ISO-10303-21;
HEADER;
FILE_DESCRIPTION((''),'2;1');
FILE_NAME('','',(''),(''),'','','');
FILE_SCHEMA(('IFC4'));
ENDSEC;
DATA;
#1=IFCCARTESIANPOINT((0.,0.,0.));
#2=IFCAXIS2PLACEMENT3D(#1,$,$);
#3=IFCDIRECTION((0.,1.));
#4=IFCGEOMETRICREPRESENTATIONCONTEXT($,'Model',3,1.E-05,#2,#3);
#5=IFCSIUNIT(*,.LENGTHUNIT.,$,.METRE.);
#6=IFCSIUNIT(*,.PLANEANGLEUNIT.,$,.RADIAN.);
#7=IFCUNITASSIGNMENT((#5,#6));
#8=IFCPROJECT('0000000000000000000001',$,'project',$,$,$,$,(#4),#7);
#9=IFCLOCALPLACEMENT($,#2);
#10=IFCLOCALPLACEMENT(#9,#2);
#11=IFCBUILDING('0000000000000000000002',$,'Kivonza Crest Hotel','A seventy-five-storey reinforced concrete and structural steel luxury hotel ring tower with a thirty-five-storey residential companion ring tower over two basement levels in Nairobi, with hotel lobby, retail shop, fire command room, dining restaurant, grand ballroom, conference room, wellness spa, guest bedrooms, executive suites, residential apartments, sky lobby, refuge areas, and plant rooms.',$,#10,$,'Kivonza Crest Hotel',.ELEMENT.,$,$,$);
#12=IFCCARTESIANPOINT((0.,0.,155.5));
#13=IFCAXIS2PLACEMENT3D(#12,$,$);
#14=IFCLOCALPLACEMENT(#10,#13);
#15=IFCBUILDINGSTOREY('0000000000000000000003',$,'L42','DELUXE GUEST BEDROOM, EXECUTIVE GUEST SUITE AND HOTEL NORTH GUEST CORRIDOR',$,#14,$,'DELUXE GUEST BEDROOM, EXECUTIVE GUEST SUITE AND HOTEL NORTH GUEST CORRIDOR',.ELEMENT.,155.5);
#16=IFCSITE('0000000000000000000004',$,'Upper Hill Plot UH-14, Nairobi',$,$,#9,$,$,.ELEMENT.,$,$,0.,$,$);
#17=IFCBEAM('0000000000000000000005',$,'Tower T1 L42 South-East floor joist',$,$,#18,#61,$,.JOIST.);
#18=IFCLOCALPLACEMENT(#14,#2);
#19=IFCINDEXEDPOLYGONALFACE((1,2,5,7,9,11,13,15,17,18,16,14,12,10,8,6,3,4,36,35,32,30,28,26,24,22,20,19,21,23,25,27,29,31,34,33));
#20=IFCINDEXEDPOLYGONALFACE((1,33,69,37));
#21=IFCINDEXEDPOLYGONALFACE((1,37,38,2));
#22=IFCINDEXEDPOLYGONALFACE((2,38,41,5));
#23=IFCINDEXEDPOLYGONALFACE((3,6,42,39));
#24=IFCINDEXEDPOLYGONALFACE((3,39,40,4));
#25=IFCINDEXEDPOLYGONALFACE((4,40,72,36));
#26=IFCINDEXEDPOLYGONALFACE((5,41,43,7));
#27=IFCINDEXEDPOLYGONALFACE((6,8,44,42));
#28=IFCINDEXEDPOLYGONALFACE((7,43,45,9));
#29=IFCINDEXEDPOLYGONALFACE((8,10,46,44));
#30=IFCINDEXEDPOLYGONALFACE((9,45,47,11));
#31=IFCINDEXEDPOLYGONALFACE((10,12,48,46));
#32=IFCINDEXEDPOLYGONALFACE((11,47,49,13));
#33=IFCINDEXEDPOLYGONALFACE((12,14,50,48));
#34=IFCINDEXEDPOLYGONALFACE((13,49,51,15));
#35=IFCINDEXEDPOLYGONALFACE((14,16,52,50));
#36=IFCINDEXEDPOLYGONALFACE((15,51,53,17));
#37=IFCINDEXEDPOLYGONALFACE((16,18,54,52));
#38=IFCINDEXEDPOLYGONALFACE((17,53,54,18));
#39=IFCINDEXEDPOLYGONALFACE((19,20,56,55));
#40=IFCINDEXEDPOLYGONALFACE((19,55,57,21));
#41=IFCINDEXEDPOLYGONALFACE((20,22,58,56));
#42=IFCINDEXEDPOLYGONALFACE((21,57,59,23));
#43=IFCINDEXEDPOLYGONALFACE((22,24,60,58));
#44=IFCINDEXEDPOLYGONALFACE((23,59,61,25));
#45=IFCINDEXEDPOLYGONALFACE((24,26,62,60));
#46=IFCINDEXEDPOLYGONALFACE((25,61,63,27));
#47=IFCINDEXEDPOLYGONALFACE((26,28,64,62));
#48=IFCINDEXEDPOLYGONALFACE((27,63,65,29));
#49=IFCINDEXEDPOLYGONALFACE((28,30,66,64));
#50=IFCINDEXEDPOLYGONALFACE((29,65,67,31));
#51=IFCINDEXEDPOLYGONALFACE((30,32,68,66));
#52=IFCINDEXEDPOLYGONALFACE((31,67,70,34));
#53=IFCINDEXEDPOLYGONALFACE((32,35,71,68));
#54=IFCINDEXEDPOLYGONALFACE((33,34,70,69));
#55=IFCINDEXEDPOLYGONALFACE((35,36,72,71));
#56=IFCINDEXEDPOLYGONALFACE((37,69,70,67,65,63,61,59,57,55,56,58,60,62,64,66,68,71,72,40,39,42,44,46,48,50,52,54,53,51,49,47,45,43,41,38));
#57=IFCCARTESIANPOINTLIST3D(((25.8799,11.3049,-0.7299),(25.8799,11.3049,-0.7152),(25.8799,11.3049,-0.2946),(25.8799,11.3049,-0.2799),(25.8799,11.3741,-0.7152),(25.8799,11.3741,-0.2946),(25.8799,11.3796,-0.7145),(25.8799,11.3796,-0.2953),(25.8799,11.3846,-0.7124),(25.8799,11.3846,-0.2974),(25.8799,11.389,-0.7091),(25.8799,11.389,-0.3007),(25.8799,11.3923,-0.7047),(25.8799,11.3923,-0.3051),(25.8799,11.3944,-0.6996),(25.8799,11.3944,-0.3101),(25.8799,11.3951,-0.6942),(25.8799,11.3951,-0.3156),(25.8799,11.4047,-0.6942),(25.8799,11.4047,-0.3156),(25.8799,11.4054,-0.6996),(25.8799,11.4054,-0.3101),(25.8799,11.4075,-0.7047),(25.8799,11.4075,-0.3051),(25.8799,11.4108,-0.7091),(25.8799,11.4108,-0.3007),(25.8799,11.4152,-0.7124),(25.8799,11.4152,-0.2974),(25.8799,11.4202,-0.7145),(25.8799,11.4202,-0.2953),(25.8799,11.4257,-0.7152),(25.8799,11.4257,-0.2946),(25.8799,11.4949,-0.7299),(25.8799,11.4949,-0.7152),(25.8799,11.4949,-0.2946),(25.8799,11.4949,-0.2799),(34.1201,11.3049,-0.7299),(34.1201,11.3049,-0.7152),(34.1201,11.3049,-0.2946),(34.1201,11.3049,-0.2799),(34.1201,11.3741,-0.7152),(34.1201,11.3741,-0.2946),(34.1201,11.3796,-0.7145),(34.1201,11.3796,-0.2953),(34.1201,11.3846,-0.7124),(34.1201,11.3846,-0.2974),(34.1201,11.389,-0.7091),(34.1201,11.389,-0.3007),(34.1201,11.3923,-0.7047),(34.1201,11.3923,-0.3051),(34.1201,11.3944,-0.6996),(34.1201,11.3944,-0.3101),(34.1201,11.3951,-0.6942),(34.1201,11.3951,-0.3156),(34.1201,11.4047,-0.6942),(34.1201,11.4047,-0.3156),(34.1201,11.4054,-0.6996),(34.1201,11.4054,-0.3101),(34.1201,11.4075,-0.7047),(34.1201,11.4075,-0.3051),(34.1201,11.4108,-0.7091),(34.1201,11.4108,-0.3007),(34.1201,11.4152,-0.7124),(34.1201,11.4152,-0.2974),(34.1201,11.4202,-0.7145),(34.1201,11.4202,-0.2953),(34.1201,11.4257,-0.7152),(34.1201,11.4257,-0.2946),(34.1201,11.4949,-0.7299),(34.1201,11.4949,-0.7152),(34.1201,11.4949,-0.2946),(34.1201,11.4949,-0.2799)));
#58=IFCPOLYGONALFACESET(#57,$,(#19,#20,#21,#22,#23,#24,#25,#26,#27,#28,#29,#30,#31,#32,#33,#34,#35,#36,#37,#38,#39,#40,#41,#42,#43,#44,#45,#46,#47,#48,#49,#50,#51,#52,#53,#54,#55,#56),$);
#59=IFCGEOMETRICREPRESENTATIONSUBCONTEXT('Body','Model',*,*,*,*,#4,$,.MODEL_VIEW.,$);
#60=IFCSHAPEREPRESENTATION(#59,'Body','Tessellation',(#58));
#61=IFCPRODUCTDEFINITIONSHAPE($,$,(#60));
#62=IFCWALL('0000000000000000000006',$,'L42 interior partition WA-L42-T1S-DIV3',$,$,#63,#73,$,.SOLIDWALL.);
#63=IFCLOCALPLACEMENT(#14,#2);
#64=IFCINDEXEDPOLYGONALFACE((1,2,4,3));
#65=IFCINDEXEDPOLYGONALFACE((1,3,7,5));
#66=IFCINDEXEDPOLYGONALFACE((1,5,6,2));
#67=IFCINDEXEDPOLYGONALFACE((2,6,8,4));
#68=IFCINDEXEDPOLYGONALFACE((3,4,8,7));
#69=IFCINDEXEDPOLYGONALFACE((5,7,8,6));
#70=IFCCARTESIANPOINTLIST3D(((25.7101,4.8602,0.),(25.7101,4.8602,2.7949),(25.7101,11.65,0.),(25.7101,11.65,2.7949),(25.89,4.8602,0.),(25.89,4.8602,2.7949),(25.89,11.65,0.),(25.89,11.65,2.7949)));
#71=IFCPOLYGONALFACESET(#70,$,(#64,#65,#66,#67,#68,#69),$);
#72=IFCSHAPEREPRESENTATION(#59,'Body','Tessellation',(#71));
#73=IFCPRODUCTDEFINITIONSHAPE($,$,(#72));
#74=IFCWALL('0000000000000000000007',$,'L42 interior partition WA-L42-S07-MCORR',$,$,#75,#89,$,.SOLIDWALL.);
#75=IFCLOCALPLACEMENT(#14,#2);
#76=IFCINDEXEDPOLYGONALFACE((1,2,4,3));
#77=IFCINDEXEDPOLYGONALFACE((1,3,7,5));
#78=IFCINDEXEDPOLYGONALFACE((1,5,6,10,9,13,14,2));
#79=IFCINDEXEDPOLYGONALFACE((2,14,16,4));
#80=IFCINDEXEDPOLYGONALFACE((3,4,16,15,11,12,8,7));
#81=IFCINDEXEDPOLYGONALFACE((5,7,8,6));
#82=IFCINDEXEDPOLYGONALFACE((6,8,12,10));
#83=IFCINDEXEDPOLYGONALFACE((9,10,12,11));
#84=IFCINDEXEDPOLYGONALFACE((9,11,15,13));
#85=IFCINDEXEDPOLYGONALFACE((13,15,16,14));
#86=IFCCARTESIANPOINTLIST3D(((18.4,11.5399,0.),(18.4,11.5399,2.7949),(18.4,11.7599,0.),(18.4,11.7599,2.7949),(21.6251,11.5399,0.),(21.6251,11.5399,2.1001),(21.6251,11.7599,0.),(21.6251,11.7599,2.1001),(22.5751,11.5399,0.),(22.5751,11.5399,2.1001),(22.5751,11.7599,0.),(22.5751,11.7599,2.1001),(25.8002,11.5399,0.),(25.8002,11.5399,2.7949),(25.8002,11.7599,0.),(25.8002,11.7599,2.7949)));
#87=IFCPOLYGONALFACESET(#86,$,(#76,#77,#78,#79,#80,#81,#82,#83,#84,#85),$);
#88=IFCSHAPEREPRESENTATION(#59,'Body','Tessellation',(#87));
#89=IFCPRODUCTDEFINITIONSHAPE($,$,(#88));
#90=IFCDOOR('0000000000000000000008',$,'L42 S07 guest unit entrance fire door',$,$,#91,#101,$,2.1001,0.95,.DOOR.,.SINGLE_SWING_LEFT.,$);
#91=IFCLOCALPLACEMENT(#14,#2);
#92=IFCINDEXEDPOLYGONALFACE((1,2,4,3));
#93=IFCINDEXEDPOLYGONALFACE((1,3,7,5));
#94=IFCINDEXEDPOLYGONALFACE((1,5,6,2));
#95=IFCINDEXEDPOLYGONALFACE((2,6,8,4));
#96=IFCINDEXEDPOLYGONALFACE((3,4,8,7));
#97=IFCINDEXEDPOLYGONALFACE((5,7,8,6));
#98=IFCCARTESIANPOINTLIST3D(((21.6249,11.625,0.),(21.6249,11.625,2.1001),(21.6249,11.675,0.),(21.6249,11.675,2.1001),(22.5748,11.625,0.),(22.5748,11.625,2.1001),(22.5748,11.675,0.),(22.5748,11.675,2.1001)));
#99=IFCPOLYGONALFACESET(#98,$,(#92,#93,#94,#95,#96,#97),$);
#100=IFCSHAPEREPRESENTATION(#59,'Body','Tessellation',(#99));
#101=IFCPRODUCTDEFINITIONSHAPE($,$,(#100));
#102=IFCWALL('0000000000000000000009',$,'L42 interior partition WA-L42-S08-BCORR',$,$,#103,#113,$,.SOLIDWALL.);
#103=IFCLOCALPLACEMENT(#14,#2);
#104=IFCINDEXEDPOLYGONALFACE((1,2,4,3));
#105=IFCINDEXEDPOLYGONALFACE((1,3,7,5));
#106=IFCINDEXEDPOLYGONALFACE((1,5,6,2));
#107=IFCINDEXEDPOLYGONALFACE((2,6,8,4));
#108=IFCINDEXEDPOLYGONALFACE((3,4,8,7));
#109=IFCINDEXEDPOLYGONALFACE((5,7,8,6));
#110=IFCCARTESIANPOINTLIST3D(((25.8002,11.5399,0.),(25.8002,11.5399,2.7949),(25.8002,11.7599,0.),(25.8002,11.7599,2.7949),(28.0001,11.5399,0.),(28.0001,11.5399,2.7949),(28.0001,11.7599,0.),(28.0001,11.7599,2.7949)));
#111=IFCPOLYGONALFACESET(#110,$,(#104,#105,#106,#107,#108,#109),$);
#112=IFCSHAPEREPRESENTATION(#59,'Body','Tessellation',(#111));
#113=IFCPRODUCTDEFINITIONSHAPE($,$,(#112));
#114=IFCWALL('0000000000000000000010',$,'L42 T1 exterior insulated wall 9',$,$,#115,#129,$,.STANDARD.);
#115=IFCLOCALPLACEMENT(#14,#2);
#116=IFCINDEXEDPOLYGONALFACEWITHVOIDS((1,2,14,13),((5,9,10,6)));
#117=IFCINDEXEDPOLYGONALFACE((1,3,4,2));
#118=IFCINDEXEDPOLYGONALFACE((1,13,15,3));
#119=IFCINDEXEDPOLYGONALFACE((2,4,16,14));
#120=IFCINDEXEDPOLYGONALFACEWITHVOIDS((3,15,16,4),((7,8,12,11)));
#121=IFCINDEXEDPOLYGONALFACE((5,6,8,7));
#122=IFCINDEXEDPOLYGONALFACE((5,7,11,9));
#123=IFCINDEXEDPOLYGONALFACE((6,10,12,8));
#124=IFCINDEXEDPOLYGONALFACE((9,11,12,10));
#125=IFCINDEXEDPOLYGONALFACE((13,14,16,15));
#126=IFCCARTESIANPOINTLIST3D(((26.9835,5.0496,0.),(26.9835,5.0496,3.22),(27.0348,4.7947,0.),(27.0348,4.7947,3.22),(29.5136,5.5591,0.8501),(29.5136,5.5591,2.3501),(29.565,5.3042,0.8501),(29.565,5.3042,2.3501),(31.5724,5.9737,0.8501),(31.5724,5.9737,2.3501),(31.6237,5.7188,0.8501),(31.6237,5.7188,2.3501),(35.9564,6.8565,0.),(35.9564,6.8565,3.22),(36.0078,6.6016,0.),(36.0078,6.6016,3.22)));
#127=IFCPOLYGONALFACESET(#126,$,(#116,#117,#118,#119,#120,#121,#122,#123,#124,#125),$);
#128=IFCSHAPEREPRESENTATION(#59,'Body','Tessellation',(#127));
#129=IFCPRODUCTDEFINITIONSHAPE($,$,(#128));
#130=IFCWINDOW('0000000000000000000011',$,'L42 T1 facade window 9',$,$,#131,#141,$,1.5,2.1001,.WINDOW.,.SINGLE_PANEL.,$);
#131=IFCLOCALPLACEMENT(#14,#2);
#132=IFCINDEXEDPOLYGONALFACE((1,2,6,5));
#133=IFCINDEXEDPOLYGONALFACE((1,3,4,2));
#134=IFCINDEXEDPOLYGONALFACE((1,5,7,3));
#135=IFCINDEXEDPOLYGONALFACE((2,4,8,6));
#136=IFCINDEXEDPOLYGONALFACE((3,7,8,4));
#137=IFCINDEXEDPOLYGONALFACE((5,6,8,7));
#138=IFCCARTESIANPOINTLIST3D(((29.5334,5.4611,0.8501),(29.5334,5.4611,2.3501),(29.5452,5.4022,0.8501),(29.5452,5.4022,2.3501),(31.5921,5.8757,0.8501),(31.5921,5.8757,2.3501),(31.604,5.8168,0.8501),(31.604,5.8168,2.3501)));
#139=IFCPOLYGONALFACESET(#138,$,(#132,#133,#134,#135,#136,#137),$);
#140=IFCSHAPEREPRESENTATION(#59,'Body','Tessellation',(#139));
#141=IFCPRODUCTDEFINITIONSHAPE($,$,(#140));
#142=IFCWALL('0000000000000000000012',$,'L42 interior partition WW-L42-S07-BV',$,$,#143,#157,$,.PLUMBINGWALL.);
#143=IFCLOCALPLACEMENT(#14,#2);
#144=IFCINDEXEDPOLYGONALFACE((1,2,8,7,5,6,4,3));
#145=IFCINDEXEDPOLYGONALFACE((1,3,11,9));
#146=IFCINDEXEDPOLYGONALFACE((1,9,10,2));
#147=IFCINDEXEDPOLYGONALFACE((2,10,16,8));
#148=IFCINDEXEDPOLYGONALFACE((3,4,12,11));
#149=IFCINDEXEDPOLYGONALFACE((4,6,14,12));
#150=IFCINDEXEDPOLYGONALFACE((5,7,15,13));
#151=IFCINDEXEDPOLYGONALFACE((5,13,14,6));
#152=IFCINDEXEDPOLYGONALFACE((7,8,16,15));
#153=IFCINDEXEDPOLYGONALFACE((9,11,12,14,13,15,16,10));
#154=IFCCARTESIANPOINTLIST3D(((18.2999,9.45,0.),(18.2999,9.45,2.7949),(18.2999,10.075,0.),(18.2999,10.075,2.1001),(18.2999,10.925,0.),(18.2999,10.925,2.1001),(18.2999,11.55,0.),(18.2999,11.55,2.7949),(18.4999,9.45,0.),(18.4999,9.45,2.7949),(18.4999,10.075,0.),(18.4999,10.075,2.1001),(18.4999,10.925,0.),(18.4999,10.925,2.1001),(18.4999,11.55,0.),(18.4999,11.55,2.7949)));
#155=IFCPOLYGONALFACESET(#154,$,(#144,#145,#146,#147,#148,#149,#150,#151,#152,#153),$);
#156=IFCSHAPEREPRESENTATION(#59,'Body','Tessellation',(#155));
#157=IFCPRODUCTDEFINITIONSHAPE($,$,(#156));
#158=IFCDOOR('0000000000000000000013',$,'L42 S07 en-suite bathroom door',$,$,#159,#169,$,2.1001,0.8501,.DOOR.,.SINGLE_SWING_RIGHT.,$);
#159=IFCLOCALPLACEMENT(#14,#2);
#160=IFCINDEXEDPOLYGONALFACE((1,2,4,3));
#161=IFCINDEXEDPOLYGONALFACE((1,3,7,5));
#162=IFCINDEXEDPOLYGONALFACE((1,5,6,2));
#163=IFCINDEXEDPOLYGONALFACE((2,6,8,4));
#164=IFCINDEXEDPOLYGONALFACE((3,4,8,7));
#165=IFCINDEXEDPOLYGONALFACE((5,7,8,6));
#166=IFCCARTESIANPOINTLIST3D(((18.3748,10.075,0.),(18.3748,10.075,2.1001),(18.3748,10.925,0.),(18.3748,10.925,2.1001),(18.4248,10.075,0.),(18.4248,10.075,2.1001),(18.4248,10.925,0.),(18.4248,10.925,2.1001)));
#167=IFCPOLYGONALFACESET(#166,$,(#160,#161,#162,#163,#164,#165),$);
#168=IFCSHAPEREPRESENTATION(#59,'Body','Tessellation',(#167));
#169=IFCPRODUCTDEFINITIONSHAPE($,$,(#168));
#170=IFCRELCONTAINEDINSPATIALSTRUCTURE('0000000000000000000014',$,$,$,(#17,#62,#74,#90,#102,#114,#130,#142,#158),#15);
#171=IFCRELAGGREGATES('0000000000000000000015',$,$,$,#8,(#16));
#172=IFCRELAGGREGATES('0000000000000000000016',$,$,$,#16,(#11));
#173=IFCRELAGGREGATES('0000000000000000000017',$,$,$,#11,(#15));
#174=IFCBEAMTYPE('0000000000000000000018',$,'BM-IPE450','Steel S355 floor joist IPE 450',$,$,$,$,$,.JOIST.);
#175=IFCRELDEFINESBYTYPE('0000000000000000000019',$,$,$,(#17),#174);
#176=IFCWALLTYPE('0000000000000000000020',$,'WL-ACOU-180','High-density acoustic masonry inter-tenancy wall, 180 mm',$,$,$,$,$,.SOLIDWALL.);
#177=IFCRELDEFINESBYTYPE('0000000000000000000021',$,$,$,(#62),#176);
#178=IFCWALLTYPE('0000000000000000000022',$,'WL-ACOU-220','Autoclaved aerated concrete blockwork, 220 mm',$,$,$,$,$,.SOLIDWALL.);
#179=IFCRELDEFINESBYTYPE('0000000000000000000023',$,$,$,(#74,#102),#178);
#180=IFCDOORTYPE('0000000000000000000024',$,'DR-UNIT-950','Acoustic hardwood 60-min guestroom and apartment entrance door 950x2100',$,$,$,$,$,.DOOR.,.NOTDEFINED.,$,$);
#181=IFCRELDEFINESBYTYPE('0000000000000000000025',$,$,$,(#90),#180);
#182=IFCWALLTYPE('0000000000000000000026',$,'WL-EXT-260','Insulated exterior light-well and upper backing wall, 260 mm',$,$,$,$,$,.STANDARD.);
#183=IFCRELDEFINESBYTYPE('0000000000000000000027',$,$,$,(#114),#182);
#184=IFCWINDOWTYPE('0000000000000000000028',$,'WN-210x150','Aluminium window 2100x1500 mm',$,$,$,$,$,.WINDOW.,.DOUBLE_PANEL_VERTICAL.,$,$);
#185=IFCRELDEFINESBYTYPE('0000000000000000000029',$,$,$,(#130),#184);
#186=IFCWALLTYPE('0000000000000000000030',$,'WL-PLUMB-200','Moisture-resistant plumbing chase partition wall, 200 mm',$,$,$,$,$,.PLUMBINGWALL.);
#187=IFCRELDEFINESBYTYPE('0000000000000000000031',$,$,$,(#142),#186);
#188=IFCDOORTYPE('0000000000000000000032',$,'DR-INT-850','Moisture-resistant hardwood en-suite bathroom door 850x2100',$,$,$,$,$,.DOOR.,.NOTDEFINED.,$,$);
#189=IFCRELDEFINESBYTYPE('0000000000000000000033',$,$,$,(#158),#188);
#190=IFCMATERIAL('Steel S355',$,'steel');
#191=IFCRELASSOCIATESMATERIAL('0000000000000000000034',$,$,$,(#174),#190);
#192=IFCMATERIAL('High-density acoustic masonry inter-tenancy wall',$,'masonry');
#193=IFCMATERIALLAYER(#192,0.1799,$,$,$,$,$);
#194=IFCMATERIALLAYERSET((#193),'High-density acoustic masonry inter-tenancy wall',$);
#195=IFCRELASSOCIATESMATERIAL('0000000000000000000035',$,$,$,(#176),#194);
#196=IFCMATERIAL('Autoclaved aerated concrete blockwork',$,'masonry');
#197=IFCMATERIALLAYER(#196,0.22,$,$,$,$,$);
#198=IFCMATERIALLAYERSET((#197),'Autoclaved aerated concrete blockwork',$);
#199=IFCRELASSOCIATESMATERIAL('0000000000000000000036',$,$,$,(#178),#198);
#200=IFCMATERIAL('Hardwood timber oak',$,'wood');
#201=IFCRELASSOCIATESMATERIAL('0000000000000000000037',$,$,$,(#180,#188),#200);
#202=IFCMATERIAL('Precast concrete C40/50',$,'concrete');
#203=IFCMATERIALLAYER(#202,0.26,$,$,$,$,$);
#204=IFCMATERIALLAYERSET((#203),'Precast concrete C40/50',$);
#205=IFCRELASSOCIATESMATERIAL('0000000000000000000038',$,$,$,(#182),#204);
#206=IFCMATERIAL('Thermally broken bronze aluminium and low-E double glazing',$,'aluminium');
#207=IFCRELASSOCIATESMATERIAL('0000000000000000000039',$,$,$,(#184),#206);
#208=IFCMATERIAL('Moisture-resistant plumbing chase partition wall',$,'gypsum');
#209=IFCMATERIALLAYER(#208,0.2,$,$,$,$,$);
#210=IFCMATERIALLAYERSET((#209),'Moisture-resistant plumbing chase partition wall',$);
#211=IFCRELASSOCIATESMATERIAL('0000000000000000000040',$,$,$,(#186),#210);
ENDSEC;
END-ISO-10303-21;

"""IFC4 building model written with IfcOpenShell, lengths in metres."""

from ifc_helpers import new_model, si_unit, direction, frame, frame_2d, origin, origin_2d, place, context, subcontext, project, spatial, rectangle, i_section, extrude, material, layer, layer_set, material_profile, profile_set, type_object, element, fill, save


model = new_model("IFC4")

# Units and contexts
model_context = context("Model", 3, precision=1e-05, world=origin(), true_north=direction((0.0, 1.0)))
body_context = subcontext(model_context, "Body", "Model", "MODEL_VIEW")
ifc_project = project(units=[si_unit("LENGTHUNIT", "METRE"), si_unit("PLANEANGLEUNIT", "RADIAN")], contexts=[model_context])

# Site, building, storey
site_placement = place(None, origin())
site = spatial("IfcSite", under=ifc_project, at=site_placement, Name="Upper Hill Plot UH-14, Nairobi", CompositionType="ELEMENT", RefElevation=0.0)
building_placement = place(site_placement, origin())
building = spatial("IfcBuilding", under=site, at=building_placement, Name="Kivonza Crest Hotel", Description="A seventy-five-storey reinforced concrete and structural steel luxury hotel ring tower with a thirty-five-storey residential companion ring tower over two basement levels in Nairobi, with hotel lobby, retail shop, fire command room, dining restaurant, grand ballroom, conference room, wellness spa, guest bedrooms, executive suites, residential apartments, sky lobby, refuge areas, and plant rooms.", LongName="Kivonza Crest Hotel", CompositionType="ELEMENT")
storey_placement = place(building_placement, frame((0.0, 0.0, 155.5)))
storey = spatial("IfcBuildingStorey", under=building, at=storey_placement, Name="L42", Description="DELUXE GUEST BEDROOM, EXECUTIVE GUEST SUITE AND HOTEL NORTH GUEST CORRIDOR", LongName="DELUXE GUEST BEDROOM, EXECUTIVE GUEST SUITE AND HOTEL NORTH GUEST CORRIDOR", CompositionType="ELEMENT", Elevation=155.5)

# Beam
ifc_material_1 = material(Name="Steel S355", Category="steel")
ifc_material_profile_1 = material_profile(ifc_material_1, i_section(OverallWidth=0.1899, OverallDepth=0.45, WebThickness=0.0095, FlangeThickness=0.0146, FilletRadius=0.021, at=origin_2d()), Name="IPE 450")
ifc_profile_set_1 = profile_set([ifc_material_profile_1], Name="Steel S355")
beam_type_1 = type_object("IfcBeamType", Name="BM-IPE450", Description="Steel S355 floor joist IPE 450", PredefinedType="JOIST", material=ifc_profile_set_1)
beam_1_placement = place(storey_placement, frame((25.8799, 11.3999, -0.5049), z_axis=(1.0, 0.0, 0.0), x_axis=(0.0, 1.0, 0.0)))
element("IfcBeam", 1, at=beam_1_placement, inside=storey, type_object=beam_type_1, Name="Tower T1 L42 South-East floor joist", PredefinedType="JOIST", context=body_context, shape_type="SweptSolid", body=[
    extrude(i_section(OverallWidth=0.1899, OverallDepth=0.45, WebThickness=0.0095, FlangeThickness=0.0146, FilletRadius=0.021, at=origin_2d()), origin(), (0.0, 0.0, 1.0), 8.2402),
])

# Wall
ifc_material_2 = material(Name="High-density acoustic masonry inter-tenancy wall", Category="masonry")
ifc_layer_1 = layer(ifc_material_2, 0.1799)
ifc_layer_set_1 = layer_set([ifc_layer_1], Name="High-density acoustic masonry inter-tenancy wall")
wall_type_1 = type_object("IfcWallType", Name="WL-ACOU-180", Description="High-density acoustic masonry inter-tenancy wall, 180 mm", PredefinedType="SOLIDWALL", material=ifc_layer_set_1)
wall_1_placement = place(storey_placement, frame((25.8, 4.8601, 0.0), z_axis=(0.0, 0.0, 1.0), x_axis=(0.0, 1.0, 0.0)))
element("IfcWall", 2, at=wall_1_placement, inside=storey, type_object=wall_type_1, Name="L42 interior partition WA-L42-T1S-DIV3", PredefinedType="SOLIDWALL", context=body_context, shape_type="SweptSolid", body=[
    extrude(rectangle(XDim=6.7898, YDim=0.1799, at=frame_2d((3.395, 0.0))), origin(), (0.0, 0.0, 1.0), 2.7949),
])

# Wall, opening, door
ifc_material_3 = material(Name="Autoclaved aerated concrete blockwork", Category="masonry")
ifc_layer_2 = layer(ifc_material_3, 0.22)
ifc_layer_set_2 = layer_set([ifc_layer_2], Name="Autoclaved aerated concrete blockwork")
wall_type_2 = type_object("IfcWallType", Name="WL-ACOU-220", Description="Autoclaved aerated concrete blockwork, 220 mm", PredefinedType="SOLIDWALL", material=ifc_layer_set_2)
wall_2_placement = place(storey_placement, frame((18.3999, 11.6499, 0.0), z_axis=(0.0, 0.0, 1.0), x_axis=(1.0, 0.0, 0.0)))
wall_2 = element("IfcWall", 3, at=wall_2_placement, inside=storey, type_object=wall_type_2, Name="L42 interior partition WA-L42-S07-MCORR", PredefinedType="SOLIDWALL", context=body_context, shape_type="SweptSolid", body=[
    extrude(rectangle(XDim=7.4001, YDim=0.22, at=frame_2d((3.7002, 0.0))), origin(), (0.0, 0.0, 1.0), 2.7949),
])
opening_1_placement = place(wall_2_placement, frame((3.2251, 0.0, 0.0)))
opening_1 = element("IfcOpeningElement", 4, at=opening_1_placement, cuts=wall_2, PredefinedType="OPENING", context=body_context, shape_type="SweptSolid", body=[
    extrude(rectangle(XDim=0.95, YDim=2.1001, at=frame_2d((0.4751, 1.05))), frame((0.0, 0.1201, 0.0), z_axis=(0.0, -1.0, 0.0), x_axis=(1.0, 0.0, 0.0)), (0.0, 0.0, 1.0), 0.24),
])
ifc_material_4 = material(Name="Hardwood timber oak", Category="wood")
door_type_1 = type_object("IfcDoorType", Name="DR-UNIT-950", Description="Acoustic hardwood 60-min guestroom and apartment entrance door 950x2100", OperationType="NOTDEFINED", PredefinedType="DOOR", material=ifc_material_4)
door_1_placement = place(opening_1_placement, frame((0.95, 0.0, 0.0), z_axis=(0.0, 0.0, 1.0), x_axis=(-1.0, 0.0, 0.0)))
door_1 = element("IfcDoor", 5, at=door_1_placement, inside=storey, type_object=door_type_1, Name="L42 S07 guest unit entrance fire door", OperationType="SINGLE_SWING_LEFT", OverallHeight=2.1001, OverallWidth=0.95, PredefinedType="DOOR", context=body_context, shape_type="SweptSolid", body=[
    extrude(rectangle(XDim=0.95, YDim=2.1001, at=frame_2d((0.4751, 1.05))), frame((0.0, 0.0249, 0.0), z_axis=(0.0, -1.0, 0.0), x_axis=(1.0, 0.0, 0.0)), (0.0, 0.0, 1.0), 0.05),
])
fill(opening_1, door_1)

# Wall
wall_3_placement = place(storey_placement, frame((25.8, 11.6499, 0.0), z_axis=(0.0, 0.0, 1.0), x_axis=(1.0, 0.0, 0.0)))
element("IfcWall", 6, at=wall_3_placement, inside=storey, type_object=wall_type_2, Name="L42 interior partition WA-L42-S08-BCORR", PredefinedType="SOLIDWALL", context=body_context, shape_type="SweptSolid", body=[
    extrude(rectangle(XDim=2.2, YDim=0.22, at=frame_2d((1.1001, 0.0))), origin(), (0.0, 0.0, 1.0), 2.7949),
])

# Wall, opening, window
ifc_material_5 = material(Name="Precast concrete C40/50", Category="concrete")
ifc_layer_3 = layer(ifc_material_5, 0.26)
ifc_layer_set_3 = layer_set([ifc_layer_3], Name="Precast concrete C40/50")
wall_type_3 = type_object("IfcWallType", Name="WL-EXT-260", Description="Insulated exterior light-well and upper backing wall, 260 mm", PredefinedType="STANDARD", material=ifc_layer_set_3)
wall_4_placement = place(storey_placement, frame((27.009, 4.9221, 0.0), z_axis=(0.0, 0.0, 1.0), x_axis=(0.980321, 0.197409, 0.0)))
wall_4 = element("IfcWall", 7, at=wall_4_placement, inside=storey, type_object=wall_type_3, Name="L42 T1 exterior insulated wall 9", PredefinedType="STANDARD", context=body_context, shape_type="SweptSolid", body=[
    extrude(rectangle(XDim=9.1531, YDim=0.26, at=frame_2d((4.5767, 0.0))), origin(), (0.0, 0.0, 1.0), 3.22),
])
opening_2_placement = place(wall_4_placement, frame((2.5811, 0.0, 0.8501)))
opening_2 = element("IfcOpeningElement", 8, at=opening_2_placement, cuts=wall_4, PredefinedType="OPENING", context=body_context, shape_type="SweptSolid", body=[
    extrude(rectangle(XDim=2.1001, YDim=1.5, at=frame_2d((1.05, 0.75))), frame((0.0, 0.1401, 0.0), z_axis=(0.0, -1.0, 0.0), x_axis=(1.0, 0.0, 0.0)), (0.0, 0.0, 1.0), 0.28),
])
ifc_material_6 = material(Name="Thermally broken bronze aluminium and low-E double glazing", Category="aluminium")
window_type = type_object("IfcWindowType", Name="WN-210x150", Description="Aluminium window 2100x1500 mm", PartitioningType="DOUBLE_PANEL_VERTICAL", PredefinedType="WINDOW", material=ifc_material_6)
window_placement = place(opening_2_placement, origin())
window = element("IfcWindow", 9, at=window_placement, inside=storey, type_object=window_type, Name="L42 T1 facade window 9", OverallHeight=1.5, OverallWidth=2.1001, PartitioningType="SINGLE_PANEL", PredefinedType="WINDOW", context=body_context, shape_type="SweptSolid", body=[
    extrude(rectangle(XDim=2.1001, YDim=1.5, at=frame_2d((1.05, 0.75))), frame((0.0, 0.03, 0.0), z_axis=(0.0, -1.0, 0.0), x_axis=(1.0, 0.0, 0.0)), (0.0, 0.0, 1.0), 0.0601),
])
fill(opening_2, window)

# Wall, opening, door
ifc_material_7 = material(Name="Moisture-resistant plumbing chase partition wall", Category="gypsum")
ifc_layer_4 = layer(ifc_material_7, 0.2)
ifc_layer_set_4 = layer_set([ifc_layer_4], Name="Moisture-resistant plumbing chase partition wall")
wall_type_4 = type_object("IfcWallType", Name="WL-PLUMB-200", Description="Moisture-resistant plumbing chase partition wall, 200 mm", PredefinedType="PLUMBINGWALL", material=ifc_layer_set_4)
wall_5_placement = place(storey_placement, frame((18.3999, 9.45, 0.0), z_axis=(0.0, 0.0, 1.0), x_axis=(0.0, 1.0, 0.0)))
wall_5 = element("IfcWall", 10, at=wall_5_placement, inside=storey, type_object=wall_type_4, Name="L42 interior partition WW-L42-S07-BV", PredefinedType="PLUMBINGWALL", context=body_context, shape_type="SweptSolid", body=[
    extrude(rectangle(XDim=2.1001, YDim=0.2, at=frame_2d((1.05, 0.0))), origin(), (0.0, 0.0, 1.0), 2.7949),
])
opening_3_placement = place(wall_5_placement, frame((0.625, 0.0, 0.0)))
opening_3 = element("IfcOpeningElement", 11, at=opening_3_placement, cuts=wall_5, PredefinedType="OPENING", context=body_context, shape_type="SweptSolid", body=[
    extrude(rectangle(XDim=0.8501, YDim=2.1001, at=frame_2d((0.425, 1.05))), frame((0.0, 0.1099, 0.0), z_axis=(0.0, -1.0, 0.0), x_axis=(1.0, 0.0, 0.0)), (0.0, 0.0, 1.0), 0.22),
])
door_type_2 = type_object("IfcDoorType", Name="DR-INT-850", Description="Moisture-resistant hardwood en-suite bathroom door 850x2100", OperationType="NOTDEFINED", PredefinedType="DOOR", material=ifc_material_4)
door_2_placement = place(opening_3_placement, frame((0.8501, 0.0, 0.0), z_axis=(0.0, 0.0, 1.0), x_axis=(-1.0, 0.0, 0.0)))
door_2 = element("IfcDoor", 12, at=door_2_placement, inside=storey, type_object=door_type_2, Name="L42 S07 en-suite bathroom door", OperationType="SINGLE_SWING_RIGHT", OverallHeight=2.1001, OverallWidth=0.8501, PredefinedType="DOOR", context=body_context, shape_type="SweptSolid", body=[
    extrude(rectangle(XDim=0.8501, YDim=2.1001, at=frame_2d((0.425, 1.05))), frame((0.0, 0.0249, 0.0), z_axis=(0.0, -1.0, 0.0), x_axis=(1.0, 0.0, 0.0)), (0.0, 0.0, 1.0), 0.05),
])
fill(opening_3, door_2)

save(model, "model.ifc")
